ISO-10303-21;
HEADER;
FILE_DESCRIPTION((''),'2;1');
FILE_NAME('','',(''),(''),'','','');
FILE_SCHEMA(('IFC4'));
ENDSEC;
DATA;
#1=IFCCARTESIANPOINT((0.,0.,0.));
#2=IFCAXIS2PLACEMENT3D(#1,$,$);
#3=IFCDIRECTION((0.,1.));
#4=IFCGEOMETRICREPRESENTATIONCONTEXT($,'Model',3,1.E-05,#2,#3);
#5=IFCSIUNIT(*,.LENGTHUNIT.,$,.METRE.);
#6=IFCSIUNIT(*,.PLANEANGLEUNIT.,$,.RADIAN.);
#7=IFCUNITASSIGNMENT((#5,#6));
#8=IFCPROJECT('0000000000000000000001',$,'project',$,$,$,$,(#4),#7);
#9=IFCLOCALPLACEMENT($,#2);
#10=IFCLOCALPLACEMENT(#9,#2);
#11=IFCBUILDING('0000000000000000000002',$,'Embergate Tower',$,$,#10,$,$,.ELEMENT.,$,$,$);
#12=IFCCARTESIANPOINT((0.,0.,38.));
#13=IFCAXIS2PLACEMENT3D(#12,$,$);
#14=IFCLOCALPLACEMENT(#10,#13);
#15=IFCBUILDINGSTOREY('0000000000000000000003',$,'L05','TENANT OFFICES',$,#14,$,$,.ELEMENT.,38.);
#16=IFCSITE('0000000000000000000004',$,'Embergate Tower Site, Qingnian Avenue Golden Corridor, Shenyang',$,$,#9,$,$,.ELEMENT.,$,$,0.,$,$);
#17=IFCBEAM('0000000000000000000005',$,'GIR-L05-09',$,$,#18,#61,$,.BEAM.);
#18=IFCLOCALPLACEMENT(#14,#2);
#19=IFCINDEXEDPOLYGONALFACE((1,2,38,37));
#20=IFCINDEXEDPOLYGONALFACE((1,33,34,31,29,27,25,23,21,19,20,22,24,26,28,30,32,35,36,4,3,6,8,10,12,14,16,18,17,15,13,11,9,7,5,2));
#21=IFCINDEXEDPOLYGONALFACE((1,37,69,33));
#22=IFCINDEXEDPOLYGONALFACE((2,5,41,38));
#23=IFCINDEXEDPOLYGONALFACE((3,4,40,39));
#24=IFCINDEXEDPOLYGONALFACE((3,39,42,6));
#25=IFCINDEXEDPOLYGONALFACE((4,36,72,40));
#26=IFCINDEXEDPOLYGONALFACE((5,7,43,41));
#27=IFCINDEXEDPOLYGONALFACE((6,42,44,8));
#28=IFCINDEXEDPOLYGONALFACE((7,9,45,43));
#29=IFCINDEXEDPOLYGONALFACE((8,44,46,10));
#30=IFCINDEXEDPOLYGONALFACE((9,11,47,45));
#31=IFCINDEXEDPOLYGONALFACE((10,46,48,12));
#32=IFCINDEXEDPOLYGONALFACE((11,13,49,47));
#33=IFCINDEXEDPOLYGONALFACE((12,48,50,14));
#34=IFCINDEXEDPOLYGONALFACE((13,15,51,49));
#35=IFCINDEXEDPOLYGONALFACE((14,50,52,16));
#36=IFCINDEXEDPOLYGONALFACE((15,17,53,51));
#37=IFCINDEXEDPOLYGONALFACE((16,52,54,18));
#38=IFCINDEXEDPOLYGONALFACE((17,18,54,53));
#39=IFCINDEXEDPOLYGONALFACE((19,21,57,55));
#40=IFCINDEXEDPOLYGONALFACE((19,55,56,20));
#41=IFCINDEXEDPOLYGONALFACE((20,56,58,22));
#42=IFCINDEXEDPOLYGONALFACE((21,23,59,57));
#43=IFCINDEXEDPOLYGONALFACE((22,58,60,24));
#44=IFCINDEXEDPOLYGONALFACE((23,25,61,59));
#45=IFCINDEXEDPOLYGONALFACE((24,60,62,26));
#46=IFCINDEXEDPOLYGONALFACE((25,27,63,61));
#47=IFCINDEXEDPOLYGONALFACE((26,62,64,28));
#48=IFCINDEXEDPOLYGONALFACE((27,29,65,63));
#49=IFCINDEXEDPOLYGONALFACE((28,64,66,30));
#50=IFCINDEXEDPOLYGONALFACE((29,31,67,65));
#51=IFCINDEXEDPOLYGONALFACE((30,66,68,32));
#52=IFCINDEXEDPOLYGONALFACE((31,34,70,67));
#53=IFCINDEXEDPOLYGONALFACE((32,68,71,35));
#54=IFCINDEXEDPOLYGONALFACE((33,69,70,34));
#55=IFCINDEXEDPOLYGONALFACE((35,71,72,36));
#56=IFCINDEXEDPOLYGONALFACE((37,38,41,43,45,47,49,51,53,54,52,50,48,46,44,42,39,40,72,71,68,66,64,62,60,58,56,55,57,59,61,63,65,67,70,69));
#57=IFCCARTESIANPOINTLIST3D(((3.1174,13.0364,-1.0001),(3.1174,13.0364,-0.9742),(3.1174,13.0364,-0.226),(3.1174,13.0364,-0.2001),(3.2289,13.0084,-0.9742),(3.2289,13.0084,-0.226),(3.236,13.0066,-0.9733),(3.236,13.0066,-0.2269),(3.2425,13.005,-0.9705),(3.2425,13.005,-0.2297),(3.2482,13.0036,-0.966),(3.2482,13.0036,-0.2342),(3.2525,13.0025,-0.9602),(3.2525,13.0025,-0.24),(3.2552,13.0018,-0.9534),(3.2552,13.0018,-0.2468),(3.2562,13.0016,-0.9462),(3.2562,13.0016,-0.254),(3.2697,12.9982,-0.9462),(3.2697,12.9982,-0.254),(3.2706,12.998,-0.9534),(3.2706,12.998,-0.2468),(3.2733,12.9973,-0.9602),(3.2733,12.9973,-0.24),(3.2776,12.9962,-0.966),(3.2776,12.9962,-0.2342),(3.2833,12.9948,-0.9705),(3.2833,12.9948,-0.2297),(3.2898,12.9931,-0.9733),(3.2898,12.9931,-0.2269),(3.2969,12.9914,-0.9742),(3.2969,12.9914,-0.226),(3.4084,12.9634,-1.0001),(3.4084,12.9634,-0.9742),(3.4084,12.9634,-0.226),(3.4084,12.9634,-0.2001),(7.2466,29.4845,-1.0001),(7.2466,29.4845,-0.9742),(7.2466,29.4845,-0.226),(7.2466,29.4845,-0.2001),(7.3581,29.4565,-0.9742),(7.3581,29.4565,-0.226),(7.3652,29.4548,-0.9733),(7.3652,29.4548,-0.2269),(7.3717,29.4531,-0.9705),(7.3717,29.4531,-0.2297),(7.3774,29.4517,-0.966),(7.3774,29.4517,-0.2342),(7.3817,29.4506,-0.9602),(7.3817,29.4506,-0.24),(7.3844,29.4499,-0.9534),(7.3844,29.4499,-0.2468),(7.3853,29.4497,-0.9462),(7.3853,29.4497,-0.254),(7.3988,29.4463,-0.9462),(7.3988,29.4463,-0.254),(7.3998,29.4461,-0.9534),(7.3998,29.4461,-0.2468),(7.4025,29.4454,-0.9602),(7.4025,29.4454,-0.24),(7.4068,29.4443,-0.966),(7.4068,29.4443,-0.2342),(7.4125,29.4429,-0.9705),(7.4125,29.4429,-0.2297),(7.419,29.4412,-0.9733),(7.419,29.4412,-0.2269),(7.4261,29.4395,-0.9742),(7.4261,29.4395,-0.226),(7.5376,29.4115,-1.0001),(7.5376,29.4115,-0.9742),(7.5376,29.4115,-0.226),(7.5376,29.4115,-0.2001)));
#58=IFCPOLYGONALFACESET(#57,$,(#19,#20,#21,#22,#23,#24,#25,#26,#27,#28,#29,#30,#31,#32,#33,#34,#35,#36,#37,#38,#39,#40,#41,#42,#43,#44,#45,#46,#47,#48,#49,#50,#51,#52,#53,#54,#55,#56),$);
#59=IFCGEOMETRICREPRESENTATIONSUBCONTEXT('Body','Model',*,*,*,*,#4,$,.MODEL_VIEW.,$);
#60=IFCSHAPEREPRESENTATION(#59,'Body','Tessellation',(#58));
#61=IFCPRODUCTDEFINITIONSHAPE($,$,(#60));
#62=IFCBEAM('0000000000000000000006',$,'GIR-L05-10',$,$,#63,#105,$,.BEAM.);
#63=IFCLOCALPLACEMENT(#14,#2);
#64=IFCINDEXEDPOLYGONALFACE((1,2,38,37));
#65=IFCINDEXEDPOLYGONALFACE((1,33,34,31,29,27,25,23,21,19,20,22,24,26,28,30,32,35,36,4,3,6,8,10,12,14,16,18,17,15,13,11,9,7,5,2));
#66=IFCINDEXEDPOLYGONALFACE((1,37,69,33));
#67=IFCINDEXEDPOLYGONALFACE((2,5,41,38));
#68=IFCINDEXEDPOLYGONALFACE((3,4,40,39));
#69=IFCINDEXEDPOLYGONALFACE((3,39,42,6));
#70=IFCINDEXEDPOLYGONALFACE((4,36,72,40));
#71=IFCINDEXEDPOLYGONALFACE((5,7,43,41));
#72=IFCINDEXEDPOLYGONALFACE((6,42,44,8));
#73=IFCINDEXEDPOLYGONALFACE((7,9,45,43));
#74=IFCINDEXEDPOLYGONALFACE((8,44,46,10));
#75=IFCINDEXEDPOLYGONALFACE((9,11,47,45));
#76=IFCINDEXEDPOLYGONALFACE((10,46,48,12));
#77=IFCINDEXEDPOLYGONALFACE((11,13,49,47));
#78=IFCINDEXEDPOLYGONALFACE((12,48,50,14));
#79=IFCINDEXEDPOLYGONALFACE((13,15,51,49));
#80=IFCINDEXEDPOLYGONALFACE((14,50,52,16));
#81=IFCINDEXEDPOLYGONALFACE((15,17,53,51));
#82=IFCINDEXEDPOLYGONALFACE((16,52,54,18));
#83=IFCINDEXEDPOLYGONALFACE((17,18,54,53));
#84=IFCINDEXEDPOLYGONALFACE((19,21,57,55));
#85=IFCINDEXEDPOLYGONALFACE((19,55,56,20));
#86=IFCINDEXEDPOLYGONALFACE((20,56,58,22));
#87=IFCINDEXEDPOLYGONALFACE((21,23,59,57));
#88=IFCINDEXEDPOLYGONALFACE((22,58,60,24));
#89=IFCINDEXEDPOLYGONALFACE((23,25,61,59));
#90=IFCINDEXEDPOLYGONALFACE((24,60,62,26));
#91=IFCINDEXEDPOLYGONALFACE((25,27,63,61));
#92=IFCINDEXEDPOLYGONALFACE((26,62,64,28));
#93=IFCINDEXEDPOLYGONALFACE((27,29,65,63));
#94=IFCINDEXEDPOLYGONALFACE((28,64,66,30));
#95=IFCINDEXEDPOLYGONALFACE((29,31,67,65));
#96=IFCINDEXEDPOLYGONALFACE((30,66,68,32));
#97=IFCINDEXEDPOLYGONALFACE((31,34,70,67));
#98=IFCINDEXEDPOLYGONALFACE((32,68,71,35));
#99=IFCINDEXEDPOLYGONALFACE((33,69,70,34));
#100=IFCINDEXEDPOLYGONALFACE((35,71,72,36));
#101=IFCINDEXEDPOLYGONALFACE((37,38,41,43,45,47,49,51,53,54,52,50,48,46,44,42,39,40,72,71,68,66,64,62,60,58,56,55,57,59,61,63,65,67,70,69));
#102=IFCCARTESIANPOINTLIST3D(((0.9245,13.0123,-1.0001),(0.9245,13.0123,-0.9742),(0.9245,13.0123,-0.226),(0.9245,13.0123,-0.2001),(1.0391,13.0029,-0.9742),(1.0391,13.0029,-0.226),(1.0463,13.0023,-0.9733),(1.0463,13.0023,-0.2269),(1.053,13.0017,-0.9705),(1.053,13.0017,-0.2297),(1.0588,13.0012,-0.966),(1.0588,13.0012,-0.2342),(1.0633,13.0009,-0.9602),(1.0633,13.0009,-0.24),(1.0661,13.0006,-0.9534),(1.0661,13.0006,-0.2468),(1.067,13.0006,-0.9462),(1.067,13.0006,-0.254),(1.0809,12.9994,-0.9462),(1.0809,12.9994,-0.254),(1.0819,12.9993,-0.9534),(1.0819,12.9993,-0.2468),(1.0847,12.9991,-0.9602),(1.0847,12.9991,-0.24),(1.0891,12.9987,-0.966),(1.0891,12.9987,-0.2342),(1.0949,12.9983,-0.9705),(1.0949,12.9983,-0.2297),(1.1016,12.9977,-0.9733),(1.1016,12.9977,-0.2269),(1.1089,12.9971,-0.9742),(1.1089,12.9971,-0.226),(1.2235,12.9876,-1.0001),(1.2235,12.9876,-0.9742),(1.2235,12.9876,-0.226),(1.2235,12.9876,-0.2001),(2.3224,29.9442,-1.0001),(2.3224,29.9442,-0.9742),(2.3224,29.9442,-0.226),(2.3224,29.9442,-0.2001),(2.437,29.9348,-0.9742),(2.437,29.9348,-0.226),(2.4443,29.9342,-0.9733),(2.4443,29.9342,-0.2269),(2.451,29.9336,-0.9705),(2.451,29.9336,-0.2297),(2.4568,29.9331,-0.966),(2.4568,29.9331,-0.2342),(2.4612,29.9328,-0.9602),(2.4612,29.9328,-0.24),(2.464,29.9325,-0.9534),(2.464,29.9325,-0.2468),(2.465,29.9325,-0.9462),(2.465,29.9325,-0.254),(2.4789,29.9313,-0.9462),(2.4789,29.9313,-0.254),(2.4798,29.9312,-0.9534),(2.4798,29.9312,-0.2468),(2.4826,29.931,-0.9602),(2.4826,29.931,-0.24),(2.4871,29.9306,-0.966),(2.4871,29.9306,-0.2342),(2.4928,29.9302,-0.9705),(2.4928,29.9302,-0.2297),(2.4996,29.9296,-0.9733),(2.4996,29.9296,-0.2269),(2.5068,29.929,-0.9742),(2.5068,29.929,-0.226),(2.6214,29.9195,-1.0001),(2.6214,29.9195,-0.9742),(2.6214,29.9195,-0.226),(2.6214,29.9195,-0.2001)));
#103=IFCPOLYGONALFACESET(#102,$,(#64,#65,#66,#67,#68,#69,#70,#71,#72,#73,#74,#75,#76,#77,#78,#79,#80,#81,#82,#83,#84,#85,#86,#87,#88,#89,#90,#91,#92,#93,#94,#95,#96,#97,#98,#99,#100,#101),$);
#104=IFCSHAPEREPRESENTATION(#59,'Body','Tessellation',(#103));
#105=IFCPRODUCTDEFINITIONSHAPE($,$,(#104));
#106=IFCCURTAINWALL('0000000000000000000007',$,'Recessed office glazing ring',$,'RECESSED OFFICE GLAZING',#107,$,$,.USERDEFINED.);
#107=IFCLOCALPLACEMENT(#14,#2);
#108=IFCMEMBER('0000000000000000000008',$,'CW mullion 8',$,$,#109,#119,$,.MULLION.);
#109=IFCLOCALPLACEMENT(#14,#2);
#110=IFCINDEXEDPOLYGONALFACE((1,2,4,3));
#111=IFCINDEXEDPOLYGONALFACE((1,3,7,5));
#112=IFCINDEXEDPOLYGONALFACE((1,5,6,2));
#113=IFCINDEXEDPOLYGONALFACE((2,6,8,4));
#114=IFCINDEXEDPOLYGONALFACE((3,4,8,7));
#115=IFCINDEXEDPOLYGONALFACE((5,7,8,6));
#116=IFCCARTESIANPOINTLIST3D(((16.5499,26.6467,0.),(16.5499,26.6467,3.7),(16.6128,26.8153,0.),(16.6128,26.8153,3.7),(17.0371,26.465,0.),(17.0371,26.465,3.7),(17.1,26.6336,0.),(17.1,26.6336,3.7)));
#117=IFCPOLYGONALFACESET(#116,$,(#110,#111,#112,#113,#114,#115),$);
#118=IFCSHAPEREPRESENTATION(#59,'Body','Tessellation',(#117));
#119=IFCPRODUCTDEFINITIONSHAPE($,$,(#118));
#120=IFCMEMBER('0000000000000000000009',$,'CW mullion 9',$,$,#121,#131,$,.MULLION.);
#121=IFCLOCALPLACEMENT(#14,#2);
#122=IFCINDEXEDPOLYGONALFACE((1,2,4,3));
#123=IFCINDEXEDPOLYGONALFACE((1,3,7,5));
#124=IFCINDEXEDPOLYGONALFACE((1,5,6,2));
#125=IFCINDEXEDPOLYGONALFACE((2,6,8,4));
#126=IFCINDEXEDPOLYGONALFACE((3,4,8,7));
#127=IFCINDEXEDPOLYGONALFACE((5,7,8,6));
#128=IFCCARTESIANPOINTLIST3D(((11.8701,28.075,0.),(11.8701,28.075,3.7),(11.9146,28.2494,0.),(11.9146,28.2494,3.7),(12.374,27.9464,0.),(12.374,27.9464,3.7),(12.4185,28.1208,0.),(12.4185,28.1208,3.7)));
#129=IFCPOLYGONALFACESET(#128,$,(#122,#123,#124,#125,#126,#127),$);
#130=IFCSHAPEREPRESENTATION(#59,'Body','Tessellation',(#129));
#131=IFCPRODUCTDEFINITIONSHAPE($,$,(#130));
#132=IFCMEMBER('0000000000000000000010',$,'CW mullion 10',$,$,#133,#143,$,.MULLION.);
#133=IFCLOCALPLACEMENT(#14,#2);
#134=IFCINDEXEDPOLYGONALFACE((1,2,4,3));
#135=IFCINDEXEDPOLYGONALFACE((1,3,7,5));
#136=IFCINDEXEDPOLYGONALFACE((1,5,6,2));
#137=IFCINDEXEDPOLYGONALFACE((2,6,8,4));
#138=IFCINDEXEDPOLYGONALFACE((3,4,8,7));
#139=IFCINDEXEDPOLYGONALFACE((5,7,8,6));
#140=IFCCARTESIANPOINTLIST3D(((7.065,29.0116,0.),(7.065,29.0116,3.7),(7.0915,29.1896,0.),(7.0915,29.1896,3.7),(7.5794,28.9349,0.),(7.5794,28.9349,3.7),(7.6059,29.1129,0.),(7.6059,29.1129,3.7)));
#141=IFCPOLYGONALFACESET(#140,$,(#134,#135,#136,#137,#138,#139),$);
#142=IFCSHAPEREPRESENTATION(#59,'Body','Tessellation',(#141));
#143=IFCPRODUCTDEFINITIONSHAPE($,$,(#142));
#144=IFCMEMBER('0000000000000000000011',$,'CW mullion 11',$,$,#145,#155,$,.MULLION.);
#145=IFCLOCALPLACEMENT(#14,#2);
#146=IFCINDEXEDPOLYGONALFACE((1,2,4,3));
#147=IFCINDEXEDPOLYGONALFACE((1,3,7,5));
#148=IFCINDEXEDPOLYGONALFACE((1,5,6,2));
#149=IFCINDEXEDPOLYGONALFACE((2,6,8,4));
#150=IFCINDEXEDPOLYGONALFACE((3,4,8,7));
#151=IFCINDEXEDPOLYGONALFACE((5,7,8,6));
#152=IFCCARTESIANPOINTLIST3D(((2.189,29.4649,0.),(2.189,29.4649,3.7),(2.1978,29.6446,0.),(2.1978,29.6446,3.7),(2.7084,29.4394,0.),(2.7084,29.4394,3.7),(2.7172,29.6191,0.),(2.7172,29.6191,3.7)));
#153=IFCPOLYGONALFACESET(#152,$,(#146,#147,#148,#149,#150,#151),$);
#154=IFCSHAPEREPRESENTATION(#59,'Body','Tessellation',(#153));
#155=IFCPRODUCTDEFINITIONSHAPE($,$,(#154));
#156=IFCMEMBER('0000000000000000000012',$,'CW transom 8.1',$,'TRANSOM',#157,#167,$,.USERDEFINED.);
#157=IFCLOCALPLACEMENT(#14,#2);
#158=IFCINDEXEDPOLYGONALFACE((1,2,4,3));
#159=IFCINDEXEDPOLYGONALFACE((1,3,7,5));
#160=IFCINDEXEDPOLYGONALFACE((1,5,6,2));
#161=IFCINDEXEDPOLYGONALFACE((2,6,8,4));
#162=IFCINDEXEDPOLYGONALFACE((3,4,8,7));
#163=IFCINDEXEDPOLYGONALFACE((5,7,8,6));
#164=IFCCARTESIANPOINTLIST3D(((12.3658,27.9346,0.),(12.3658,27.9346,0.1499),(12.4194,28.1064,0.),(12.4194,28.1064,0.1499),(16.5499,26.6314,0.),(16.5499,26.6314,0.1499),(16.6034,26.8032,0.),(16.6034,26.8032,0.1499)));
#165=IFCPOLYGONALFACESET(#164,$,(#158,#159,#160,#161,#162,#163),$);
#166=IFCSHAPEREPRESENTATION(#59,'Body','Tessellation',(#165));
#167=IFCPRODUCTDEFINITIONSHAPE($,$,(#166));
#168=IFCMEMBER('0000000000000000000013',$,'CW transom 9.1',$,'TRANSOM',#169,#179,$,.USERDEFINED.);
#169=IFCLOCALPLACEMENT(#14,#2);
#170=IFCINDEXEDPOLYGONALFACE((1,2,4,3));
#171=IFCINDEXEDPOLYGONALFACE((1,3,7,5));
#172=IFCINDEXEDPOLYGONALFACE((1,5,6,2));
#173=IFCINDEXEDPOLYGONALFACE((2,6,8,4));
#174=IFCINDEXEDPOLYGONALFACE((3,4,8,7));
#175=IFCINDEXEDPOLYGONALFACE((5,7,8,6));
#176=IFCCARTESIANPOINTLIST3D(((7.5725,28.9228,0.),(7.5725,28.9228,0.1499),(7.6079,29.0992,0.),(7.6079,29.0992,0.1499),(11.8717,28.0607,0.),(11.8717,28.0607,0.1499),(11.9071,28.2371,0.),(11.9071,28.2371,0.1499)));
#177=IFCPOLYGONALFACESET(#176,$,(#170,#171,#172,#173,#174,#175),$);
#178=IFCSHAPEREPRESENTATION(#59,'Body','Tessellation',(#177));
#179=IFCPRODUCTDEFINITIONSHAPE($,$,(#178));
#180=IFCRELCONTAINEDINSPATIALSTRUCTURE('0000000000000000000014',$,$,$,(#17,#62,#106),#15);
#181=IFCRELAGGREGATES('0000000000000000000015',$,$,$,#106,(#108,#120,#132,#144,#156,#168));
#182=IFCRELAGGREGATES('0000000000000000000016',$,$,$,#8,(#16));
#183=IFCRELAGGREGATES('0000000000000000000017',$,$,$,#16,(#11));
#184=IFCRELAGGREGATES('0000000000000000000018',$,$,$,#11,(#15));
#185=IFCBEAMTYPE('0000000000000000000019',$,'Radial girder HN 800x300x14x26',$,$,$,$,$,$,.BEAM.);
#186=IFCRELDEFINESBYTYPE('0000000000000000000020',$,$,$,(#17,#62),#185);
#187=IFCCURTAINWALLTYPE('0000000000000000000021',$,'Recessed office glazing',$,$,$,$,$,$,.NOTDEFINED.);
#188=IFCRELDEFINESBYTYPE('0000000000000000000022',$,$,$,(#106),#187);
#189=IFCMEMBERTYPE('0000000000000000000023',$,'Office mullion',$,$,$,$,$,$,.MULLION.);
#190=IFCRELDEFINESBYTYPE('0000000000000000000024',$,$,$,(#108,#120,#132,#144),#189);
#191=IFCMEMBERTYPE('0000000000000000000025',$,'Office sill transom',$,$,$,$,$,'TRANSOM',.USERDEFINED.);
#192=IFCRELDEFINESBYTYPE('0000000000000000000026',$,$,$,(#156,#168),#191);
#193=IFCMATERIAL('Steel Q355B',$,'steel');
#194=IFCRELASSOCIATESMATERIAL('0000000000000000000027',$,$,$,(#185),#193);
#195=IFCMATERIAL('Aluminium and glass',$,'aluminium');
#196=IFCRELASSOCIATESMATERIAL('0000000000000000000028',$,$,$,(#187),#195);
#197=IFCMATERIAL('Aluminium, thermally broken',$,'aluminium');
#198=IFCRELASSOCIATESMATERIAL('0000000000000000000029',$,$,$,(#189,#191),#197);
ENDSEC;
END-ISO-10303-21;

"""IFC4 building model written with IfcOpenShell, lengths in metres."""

from ifc_helpers import new_model, si_unit, direction, frame, origin, origin_2d, place, context, subcontext, project, spatial, rectangle, i_section, extrude, source, transform, mapped, material, material_profile, profile_set, type_object, element, aggregate, save


model = new_model("IFC4")

# Units and contexts
model_context = context("Model", 3, precision=1e-05, world=origin(), true_north=direction((0.0, 1.0)))
body_context = subcontext(model_context, "Body", "Model", "MODEL_VIEW")
ifc_project = project(units=[si_unit("LENGTHUNIT", "METRE"), si_unit("PLANEANGLEUNIT", "RADIAN")], contexts=[model_context])

# Site, building, storey
site_placement = place(None, origin())
site = spatial("IfcSite", under=ifc_project, at=site_placement, Name="Embergate Tower Site, Qingnian Avenue Golden Corridor, Shenyang", CompositionType="ELEMENT", RefElevation=0.0)
building_placement = place(site_placement, origin())
building = spatial("IfcBuilding", under=site, at=building_placement, Name="Embergate Tower", CompositionType="ELEMENT")
storey_placement = place(building_placement, frame((0.0, 0.0, 38.0)))
storey = spatial("IfcBuildingStorey", under=building, at=storey_placement, Name="L05", Description="TENANT OFFICES", CompositionType="ELEMENT", Elevation=38.0)

# Beams
ifc_material_1 = material(Name="Steel Q355B", Category="steel")
ifc_material_profile_1 = material_profile(ifc_material_1, i_section(OverallWidth=0.3, OverallDepth=0.8, WebThickness=0.0139, FlangeThickness=0.0259, FilletRadius=0.0281, at=origin_2d()), Name="HN 800x300x14x26")
ifc_profile_set_1 = profile_set([ifc_material_profile_1], Name="Steel Q355 grade B")
beam_type_1 = type_object("IfcBeamType", Name="Radial girder HN 800x300x14x26", PredefinedType="BEAM", material=ifc_profile_set_1)
shared_shape_1 = source(origin(), body_context, "Body", "SweptSolid", [
    extrude(i_section(OverallWidth=0.3, OverallDepth=0.8, WebThickness=0.0139, FlangeThickness=0.0259, FilletRadius=0.0281, at=origin_2d()), origin(), (0.0, 0.0, 1.0), 16.9585),
])
beam_1_placement = place(storey_placement, frame((7.3921, 29.448, -0.6001), z_axis=(-0.243487, -0.969904, 0.0), x_axis=(0.969904, -0.243487, 0.0)))
element("IfcBeam", 1, at=beam_1_placement, inside=storey, type_object=beam_type_1, Name="GIR-L05-09", PredefinedType="BEAM", context=body_context, shape_type="MappedRepresentation", body=[
    mapped(shared_shape_1, transform((0.0, 0.0, 0.0))),
])
shared_shape_2 = source(origin(), body_context, "Body", "SweptSolid", [
    extrude(i_section(OverallWidth=0.3, OverallDepth=0.8, WebThickness=0.0139, FlangeThickness=0.0259, FilletRadius=0.0281, at=origin_2d()), origin(), (0.0, 0.0, 1.0), 16.9895),
])
beam_2_placement = place(storey_placement, frame((2.4719, 29.9319, -0.6001), z_axis=(-0.082283, -0.996609, 0.0), x_axis=(0.996609, -0.082283, 0.0)))
element("IfcBeam", 2, at=beam_2_placement, inside=storey, type_object=beam_type_1, Name="GIR-L05-10", PredefinedType="BEAM", context=body_context, shape_type="MappedRepresentation", body=[
    mapped(shared_shape_2, transform((0.0, 0.0, 0.0))),
])

# Curtain wall, members
ifc_material_2 = material(Name="Aluminium and glass", Category="aluminium")
curtain_wall_type = type_object("IfcCurtainWallType", Name="Recessed office glazing", PredefinedType="NOTDEFINED", material=ifc_material_2)
curtain_wall_placement = place(storey_placement, origin())
curtain_wall = element("IfcCurtainWall", 3, at=curtain_wall_placement, inside=storey, type_object=curtain_wall_type, Name="Recessed office glazing ring", ObjectType="RECESSED OFFICE GLAZING", PredefinedType="USERDEFINED")
ifc_material_3 = material(Name="Aluminium, thermally broken", Category="aluminium")
ifc_material_profile_2 = material_profile(ifc_material_3, rectangle(XDim=0.1799, YDim=0.52, at=origin_2d()), Name="AL 520x180")
ifc_profile_set_2 = profile_set([ifc_material_profile_2], Name="Aluminium, thermally broken")
member_type_1 = type_object("IfcMemberType", Name="Office mullion", PredefinedType="MULLION", material=ifc_profile_set_2)
shared_shape_3 = source(origin(), body_context, "Body", "SweptSolid", [
    extrude(rectangle(XDim=0.1799, YDim=0.52, at=origin_2d()), origin(), (0.0, 0.0, 1.0), 3.7),
])
member_1_placement = place(storey_placement, frame((16.825, 26.6401, 0.0), z_axis=(0.0, 0.0, 1.0), x_axis=(-0.349501, -0.936936, 0.0)))
member_1 = element("IfcMember", 4, at=member_1_placement, type_object=member_type_1, Name="CW mullion 8", PredefinedType="MULLION", context=body_context, shape_type="MappedRepresentation", body=[
    mapped(shared_shape_3, transform((0.0, 0.0, 0.0))),
])
member_2_placement = place(storey_placement, frame((12.1443, 28.0979, 0.0), z_axis=(0.0, 0.0, 1.0), x_axis=(-0.24731, -0.968936, 0.0)))
member_2 = element("IfcMember", 5, at=member_2_placement, type_object=member_type_1, Name="CW mullion 9", PredefinedType="MULLION", context=body_context, shape_type="MappedRepresentation", body=[
    mapped(shared_shape_3, transform((0.0, 0.0, 0.0))),
])
member_3_placement = place(storey_placement, frame((7.3354, 29.0623, 0.0), z_axis=(0.0, 0.0, 1.0), x_axis=(-0.147411, -0.989075, 0.0)))
member_3 = element("IfcMember", 6, at=member_3_placement, type_object=member_type_1, Name="CW mullion 10", PredefinedType="MULLION", context=body_context, shape_type="MappedRepresentation", body=[
    mapped(shared_shape_3, transform((0.0, 0.0, 0.0))),
])
member_4_placement = place(storey_placement, frame((2.4531, 29.542, 0.0), z_axis=(0.0, 0.0, 1.0), x_axis=(-0.048972, -0.9988, 0.0)))
member_4 = element("IfcMember", 7, at=member_4_placement, type_object=member_type_1, Name="CW mullion 11", PredefinedType="MULLION", context=body_context, shape_type="MappedRepresentation", body=[
    mapped(shared_shape_3, transform((0.0, 0.0, 0.0))),
])
ifc_material_profile_3 = material_profile(ifc_material_3, rectangle(XDim=0.1799, YDim=0.1499, at=origin_2d()), Name="AL 150x180")
ifc_profile_set_3 = profile_set([ifc_material_profile_3], Name="Aluminium, thermally broken")
member_type_2 = type_object("IfcMemberType", Name="Office sill transom", ElementType="TRANSOM", PredefinedType="USERDEFINED", material=ifc_profile_set_3)
shared_shape_4 = source(origin(), body_context, "Body", "SweptSolid", [
    extrude(rectangle(XDim=0.1799, YDim=0.1499, at=origin_2d()), origin(), (0.0, 0.0, 1.0), 4.3823),
])
member_5_placement = place(storey_placement, frame((16.5767, 26.7173, 0.075), z_axis=(-0.954759, 0.29738, 0.0), x_axis=(-0.29738, -0.954759, 0.0)))
member_5 = element("IfcMember", 8, at=member_5_placement, type_object=member_type_2, Name="CW transom 8.1", ObjectType="TRANSOM", PredefinedType="USERDEFINED", context=body_context, shape_type="MappedRepresentation", body=[
    mapped(shared_shape_4, transform((0.0, 0.0, 0.0))),
])
shared_shape_5 = source(origin(), body_context, "Body", "SweptSolid", [
    extrude(rectangle(XDim=0.1799, YDim=0.1499, at=origin_2d()), origin(), (0.0, 0.0, 1.0), 4.3848),
])
member_6_placement = place(storey_placement, frame((11.8894, 28.1489, 0.075), z_axis=(-0.980482, 0.196609, 0.0), x_axis=(-0.196609, -0.980482, 0.0)))
member_6 = element("IfcMember", 9, at=member_6_placement, type_object=member_type_2, Name="CW transom 9.1", ObjectType="TRANSOM", PredefinedType="USERDEFINED", context=body_context, shape_type="MappedRepresentation", body=[
    mapped(shared_shape_5, transform((0.0, 0.0, 0.0))),
])
aggregate(curtain_wall, [member_1, member_2, member_3, member_4, member_5, member_6])

save(model, "model.ifc")
